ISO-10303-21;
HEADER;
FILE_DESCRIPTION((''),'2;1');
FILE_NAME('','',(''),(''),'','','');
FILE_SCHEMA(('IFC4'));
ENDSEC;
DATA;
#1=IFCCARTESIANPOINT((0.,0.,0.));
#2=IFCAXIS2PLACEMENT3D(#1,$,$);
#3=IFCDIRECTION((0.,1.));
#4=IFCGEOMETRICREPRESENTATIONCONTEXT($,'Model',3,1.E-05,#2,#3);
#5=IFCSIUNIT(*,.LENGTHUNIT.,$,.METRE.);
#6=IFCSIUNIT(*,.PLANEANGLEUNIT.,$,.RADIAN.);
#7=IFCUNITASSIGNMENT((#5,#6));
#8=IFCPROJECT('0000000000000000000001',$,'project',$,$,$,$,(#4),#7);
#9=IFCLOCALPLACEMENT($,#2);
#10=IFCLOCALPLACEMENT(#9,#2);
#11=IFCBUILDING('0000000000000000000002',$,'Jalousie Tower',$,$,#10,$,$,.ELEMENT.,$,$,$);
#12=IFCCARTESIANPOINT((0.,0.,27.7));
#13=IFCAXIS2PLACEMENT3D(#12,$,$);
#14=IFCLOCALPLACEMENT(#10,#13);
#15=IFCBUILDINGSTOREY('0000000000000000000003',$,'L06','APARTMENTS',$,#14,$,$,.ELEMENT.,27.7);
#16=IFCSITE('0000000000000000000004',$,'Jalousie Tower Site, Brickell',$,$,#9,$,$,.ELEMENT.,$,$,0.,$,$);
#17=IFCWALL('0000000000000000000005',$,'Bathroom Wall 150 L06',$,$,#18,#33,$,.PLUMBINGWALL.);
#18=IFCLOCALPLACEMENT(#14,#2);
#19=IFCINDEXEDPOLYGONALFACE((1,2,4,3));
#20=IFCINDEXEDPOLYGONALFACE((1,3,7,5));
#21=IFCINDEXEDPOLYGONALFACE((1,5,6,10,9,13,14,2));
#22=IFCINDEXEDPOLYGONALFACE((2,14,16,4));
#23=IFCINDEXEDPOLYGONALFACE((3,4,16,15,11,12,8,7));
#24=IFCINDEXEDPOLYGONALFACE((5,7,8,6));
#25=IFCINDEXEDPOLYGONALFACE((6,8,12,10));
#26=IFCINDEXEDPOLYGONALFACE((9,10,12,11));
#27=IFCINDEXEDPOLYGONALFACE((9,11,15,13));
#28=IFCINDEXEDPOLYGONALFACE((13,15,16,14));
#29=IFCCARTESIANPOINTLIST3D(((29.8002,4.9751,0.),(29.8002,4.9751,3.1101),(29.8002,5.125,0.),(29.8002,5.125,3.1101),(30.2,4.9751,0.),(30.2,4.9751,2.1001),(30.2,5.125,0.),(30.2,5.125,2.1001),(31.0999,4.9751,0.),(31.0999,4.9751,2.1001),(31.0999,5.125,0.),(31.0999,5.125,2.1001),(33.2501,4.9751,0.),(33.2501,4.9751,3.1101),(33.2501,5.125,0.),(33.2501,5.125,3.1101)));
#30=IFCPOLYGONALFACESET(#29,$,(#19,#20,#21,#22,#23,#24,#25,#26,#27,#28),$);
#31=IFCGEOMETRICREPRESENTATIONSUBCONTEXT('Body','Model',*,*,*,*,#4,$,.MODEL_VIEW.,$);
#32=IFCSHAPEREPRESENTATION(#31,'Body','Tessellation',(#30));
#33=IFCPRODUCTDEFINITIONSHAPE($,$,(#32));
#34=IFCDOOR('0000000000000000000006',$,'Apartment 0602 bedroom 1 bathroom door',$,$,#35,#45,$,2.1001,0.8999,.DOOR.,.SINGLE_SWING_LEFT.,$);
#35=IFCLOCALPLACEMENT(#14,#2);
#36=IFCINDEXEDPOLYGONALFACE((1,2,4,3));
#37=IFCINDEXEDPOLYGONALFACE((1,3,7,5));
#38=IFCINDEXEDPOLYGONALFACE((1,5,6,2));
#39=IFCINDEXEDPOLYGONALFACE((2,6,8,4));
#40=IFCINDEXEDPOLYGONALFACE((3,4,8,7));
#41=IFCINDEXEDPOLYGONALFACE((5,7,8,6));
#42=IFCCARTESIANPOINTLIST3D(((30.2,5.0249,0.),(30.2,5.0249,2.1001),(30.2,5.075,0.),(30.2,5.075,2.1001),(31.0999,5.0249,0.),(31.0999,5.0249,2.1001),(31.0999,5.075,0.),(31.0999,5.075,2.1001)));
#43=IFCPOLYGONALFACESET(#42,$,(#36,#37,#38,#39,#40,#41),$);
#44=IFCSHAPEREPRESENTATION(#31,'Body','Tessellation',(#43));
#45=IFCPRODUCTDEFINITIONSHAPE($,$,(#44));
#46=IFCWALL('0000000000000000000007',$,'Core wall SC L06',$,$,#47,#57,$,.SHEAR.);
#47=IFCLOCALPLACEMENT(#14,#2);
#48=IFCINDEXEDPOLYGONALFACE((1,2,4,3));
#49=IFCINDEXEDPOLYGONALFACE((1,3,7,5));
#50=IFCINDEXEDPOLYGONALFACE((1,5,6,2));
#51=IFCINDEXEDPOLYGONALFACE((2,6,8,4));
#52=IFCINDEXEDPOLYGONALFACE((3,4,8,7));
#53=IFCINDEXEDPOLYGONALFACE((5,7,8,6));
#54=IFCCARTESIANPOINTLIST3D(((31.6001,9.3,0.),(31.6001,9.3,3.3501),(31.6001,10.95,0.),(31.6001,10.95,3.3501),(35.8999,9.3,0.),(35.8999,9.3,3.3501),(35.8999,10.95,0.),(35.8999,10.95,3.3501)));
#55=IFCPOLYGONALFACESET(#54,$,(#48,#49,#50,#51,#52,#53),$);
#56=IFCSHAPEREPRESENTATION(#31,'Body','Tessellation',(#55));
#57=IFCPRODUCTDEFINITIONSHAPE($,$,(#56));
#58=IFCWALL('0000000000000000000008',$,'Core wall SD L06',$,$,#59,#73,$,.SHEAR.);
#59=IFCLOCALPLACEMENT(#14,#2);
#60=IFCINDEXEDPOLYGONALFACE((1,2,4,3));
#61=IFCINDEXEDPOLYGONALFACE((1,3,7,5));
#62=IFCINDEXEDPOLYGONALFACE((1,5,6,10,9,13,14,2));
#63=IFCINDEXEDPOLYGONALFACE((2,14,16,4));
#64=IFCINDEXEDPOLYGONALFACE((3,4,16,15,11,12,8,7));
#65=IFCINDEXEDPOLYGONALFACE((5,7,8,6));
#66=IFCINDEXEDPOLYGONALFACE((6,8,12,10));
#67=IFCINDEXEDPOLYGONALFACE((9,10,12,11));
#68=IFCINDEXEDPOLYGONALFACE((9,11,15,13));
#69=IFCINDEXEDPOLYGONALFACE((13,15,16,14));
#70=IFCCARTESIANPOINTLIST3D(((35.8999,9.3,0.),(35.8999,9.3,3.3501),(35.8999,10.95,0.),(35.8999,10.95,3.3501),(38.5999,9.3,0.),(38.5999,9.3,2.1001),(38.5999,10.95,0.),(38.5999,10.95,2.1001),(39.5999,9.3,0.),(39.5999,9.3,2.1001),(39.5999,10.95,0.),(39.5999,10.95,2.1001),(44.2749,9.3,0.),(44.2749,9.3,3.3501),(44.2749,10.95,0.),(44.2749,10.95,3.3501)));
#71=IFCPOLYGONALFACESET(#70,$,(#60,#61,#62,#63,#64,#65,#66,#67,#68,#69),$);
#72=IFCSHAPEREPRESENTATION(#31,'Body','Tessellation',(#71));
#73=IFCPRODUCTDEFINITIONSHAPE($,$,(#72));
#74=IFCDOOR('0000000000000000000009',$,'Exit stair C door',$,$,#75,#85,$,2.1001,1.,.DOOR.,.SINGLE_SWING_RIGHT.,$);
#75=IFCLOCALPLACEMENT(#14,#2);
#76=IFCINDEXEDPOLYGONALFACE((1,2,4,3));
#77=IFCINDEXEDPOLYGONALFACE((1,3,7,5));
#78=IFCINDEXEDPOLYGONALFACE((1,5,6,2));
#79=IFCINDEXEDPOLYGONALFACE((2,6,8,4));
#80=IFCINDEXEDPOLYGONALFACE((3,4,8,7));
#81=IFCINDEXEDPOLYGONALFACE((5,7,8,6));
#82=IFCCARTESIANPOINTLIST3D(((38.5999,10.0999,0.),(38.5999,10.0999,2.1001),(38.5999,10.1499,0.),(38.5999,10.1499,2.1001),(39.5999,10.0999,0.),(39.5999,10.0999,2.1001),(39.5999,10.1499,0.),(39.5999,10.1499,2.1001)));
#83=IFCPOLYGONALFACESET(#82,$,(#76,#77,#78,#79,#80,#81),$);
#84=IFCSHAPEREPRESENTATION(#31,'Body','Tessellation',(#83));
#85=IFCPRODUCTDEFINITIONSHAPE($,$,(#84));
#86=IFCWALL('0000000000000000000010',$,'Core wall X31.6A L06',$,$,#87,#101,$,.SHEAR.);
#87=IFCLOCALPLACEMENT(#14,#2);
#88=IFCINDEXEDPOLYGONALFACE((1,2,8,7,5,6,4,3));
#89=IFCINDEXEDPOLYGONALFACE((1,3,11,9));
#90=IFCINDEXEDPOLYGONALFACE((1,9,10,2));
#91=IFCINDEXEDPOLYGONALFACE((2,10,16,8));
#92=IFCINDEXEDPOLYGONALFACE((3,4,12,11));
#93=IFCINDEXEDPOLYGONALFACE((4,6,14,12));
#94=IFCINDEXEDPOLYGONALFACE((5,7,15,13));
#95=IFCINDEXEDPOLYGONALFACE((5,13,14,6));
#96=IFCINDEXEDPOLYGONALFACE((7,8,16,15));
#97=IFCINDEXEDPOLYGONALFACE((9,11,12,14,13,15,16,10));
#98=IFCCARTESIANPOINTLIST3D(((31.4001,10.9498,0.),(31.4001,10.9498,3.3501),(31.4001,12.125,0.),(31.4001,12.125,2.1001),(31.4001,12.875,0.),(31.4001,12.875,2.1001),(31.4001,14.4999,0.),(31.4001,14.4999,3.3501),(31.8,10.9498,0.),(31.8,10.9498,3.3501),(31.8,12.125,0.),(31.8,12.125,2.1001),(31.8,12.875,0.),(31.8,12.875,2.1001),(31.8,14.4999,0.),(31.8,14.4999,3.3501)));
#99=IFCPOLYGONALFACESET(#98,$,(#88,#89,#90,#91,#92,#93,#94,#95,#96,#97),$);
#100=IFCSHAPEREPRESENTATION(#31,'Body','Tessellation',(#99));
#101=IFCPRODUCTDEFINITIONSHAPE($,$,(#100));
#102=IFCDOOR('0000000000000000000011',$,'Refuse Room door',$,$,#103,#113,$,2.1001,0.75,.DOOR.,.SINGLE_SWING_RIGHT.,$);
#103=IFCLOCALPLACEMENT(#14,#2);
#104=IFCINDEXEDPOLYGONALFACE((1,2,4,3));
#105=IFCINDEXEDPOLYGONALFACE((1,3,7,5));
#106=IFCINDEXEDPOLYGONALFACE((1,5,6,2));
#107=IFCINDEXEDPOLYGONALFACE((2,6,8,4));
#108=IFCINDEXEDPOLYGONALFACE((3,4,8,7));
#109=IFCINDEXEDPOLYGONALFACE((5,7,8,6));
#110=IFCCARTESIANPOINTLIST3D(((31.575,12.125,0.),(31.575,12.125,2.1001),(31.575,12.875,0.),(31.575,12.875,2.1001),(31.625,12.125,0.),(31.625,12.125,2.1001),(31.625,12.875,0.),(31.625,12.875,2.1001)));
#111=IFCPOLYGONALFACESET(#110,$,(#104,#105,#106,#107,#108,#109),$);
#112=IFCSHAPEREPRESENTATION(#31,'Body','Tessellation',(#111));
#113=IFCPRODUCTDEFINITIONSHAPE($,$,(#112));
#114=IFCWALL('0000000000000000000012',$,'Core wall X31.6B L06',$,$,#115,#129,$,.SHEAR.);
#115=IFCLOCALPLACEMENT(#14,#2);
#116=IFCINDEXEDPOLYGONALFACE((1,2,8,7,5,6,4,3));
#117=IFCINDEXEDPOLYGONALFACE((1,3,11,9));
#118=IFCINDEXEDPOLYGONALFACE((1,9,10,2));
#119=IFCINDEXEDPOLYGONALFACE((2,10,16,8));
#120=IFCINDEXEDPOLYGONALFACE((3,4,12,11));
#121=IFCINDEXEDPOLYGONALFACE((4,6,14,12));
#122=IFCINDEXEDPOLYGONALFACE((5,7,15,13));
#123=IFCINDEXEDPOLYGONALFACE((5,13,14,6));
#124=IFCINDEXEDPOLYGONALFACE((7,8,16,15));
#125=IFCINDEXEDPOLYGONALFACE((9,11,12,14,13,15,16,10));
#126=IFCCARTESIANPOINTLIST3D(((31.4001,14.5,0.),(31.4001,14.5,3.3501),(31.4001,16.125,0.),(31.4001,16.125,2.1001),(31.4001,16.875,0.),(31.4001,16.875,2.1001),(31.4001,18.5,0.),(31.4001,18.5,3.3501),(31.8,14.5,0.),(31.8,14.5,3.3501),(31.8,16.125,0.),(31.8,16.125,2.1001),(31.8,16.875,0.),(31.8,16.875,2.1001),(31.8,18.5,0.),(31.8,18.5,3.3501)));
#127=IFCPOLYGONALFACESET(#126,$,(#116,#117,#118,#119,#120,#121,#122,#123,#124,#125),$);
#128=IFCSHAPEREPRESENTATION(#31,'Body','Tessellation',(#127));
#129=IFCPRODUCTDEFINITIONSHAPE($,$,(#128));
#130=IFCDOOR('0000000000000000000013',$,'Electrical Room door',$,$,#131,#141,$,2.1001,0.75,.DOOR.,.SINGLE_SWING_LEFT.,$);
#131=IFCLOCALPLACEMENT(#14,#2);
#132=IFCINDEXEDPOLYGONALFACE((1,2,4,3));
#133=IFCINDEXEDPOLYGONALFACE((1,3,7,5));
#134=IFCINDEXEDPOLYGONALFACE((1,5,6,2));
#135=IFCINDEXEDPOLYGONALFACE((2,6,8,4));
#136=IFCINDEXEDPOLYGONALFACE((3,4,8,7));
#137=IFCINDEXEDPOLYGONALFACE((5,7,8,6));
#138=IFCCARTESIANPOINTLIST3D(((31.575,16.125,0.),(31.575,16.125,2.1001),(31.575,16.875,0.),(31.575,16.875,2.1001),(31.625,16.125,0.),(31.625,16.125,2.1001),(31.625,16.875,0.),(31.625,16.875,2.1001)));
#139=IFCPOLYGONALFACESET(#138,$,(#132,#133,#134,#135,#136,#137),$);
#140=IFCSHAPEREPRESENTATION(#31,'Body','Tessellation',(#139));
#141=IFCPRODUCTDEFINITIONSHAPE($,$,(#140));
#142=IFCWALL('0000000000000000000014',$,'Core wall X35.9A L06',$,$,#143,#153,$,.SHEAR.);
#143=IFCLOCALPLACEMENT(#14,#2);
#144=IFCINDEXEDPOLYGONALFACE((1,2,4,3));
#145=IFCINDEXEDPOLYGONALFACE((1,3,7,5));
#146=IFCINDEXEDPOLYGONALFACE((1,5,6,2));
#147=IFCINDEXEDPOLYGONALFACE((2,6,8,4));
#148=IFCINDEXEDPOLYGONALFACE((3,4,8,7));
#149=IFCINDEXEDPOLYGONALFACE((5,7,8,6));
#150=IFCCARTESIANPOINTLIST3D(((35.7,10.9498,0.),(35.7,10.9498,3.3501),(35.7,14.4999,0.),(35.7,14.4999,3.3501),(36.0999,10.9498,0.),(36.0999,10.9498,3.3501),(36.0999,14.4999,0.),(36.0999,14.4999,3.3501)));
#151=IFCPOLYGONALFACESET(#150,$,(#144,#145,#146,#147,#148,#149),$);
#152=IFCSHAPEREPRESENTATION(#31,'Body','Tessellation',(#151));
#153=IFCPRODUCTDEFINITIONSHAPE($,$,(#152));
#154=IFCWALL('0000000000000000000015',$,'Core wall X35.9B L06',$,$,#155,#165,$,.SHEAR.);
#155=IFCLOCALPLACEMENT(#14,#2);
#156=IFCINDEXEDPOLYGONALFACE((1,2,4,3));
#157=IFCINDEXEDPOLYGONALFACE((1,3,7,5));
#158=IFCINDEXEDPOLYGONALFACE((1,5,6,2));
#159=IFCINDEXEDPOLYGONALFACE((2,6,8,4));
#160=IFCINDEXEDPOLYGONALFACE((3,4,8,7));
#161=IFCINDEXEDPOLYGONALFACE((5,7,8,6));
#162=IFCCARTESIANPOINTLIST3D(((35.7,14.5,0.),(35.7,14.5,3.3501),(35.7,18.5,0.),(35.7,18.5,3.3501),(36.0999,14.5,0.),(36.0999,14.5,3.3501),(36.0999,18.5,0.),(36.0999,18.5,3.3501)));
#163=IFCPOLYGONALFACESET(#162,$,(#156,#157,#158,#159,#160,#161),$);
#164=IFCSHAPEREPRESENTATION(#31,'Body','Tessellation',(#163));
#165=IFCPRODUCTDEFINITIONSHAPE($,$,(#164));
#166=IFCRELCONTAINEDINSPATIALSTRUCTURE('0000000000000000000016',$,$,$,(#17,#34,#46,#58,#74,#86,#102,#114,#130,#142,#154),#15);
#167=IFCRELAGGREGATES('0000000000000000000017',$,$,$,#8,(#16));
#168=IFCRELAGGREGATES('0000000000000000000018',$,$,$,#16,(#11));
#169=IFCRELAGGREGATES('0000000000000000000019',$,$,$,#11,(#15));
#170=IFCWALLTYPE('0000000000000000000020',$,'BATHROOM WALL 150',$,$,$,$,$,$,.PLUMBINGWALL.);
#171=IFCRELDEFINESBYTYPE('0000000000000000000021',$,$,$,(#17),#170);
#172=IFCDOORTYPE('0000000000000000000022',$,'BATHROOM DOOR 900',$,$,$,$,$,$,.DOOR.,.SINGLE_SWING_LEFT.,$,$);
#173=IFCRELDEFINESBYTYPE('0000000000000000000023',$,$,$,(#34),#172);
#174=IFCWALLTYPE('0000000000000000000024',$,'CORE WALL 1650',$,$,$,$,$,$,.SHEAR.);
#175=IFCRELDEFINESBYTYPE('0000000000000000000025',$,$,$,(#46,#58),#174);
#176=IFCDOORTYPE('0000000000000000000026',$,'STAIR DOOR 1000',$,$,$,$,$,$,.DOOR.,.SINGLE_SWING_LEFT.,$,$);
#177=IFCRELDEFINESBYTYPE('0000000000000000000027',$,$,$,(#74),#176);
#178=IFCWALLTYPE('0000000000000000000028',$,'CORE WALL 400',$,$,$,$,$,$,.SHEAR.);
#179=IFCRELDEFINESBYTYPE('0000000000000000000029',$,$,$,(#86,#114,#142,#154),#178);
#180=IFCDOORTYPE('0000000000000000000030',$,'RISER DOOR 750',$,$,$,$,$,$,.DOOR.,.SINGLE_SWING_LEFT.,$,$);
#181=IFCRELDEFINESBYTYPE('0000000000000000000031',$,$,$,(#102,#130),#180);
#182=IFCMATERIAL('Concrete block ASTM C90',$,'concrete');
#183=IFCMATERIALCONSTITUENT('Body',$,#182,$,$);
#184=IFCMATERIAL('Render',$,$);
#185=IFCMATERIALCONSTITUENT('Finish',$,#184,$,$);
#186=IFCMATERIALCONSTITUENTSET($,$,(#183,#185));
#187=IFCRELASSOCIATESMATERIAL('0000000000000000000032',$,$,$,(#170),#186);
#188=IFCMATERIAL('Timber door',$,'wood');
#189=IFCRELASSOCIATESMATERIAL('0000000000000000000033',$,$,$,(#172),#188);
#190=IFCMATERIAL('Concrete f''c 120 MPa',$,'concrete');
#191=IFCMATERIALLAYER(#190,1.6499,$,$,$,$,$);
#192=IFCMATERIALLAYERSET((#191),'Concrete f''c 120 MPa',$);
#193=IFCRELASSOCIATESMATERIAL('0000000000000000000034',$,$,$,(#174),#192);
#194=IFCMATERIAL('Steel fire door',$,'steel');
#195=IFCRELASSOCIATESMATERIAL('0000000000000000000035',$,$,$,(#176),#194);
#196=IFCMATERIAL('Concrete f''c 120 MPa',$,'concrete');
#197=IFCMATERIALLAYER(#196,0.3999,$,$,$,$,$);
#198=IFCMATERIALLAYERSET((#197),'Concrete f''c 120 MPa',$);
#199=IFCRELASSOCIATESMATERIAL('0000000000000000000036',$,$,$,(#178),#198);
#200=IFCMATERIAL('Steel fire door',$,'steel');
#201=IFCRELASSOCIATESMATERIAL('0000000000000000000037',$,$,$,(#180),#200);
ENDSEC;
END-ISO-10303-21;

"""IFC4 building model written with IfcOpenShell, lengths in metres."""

from ifc_helpers import new_model, si_unit, direction, frame, frame_2d, origin, place, context, subcontext, project, spatial, rectangle, extrude, material, layer, layer_set, constituent, constituent_set, type_object, element, fill, save


model = new_model("IFC4")

# Units and contexts
model_context = context("Model", 3, precision=1e-05, world=origin(), true_north=direction((0.0, 1.0)))
body_context = subcontext(model_context, "Body", "Model", "MODEL_VIEW")
ifc_project = project(units=[si_unit("LENGTHUNIT", "METRE"), si_unit("PLANEANGLEUNIT", "RADIAN")], contexts=[model_context])

# Site, building, storey
site_placement = place(None, origin())
site = spatial("IfcSite", under=ifc_project, at=site_placement, Name="Jalousie Tower Site, Brickell", CompositionType="ELEMENT", RefElevation=0.0)
building_placement = place(site_placement, origin())
building = spatial("IfcBuilding", under=site, at=building_placement, Name="Jalousie Tower", CompositionType="ELEMENT")
storey_placement = place(building_placement, frame((0.0, 0.0, 27.7)))
storey = spatial("IfcBuildingStorey", under=building, at=storey_placement, Name="L06", Description="APARTMENTS", CompositionType="ELEMENT", Elevation=27.7)

# Wall, opening, door
ifc_material_1 = material(Name="Concrete block ASTM C90", Category="concrete")
ifc_constituent_1 = constituent(ifc_material_1, Name="Body")
ifc_material_2 = material(Name="Render")
ifc_constituent_2 = constituent(ifc_material_2, Name="Finish")
ifc_constituent_set_1 = constituent_set(constituents=[ifc_constituent_1, ifc_constituent_2])
wall_type_1 = type_object("IfcWallType", Name="BATHROOM WALL 150", PredefinedType="PLUMBINGWALL", material=ifc_constituent_set_1)
wall_1_placement = place(storey_placement, frame((29.8, 5.05, 0.0), z_axis=(0.0, 0.0, 1.0), x_axis=(1.0, 0.0, 0.0)))
wall_1 = element("IfcWall", 1, at=wall_1_placement, inside=storey, type_object=wall_type_1, Name="Bathroom Wall 150 L06", PredefinedType="PLUMBINGWALL", context=body_context, shape_type="SweptSolid", body=[
    extrude(rectangle(XDim=3.45, YDim=0.1499, at=frame_2d((1.7251, 0.0))), origin(), (0.0, 0.0, 1.0), 3.1101),
])
opening_1_placement = place(wall_1_placement, frame((0.3999, 0.0, 0.0)))
opening_1 = element("IfcOpeningElement", 2, at=opening_1_placement, cuts=wall_1, PredefinedType="OPENING", context=body_context, shape_type="SweptSolid", body=[
    extrude(rectangle(XDim=0.8999, YDim=2.1001, at=frame_2d((0.45, 1.05))), frame((0.0, 0.085, 0.0), z_axis=(0.0, -1.0, 0.0), x_axis=(1.0, 0.0, 0.0)), (0.0, 0.0, 1.0), 0.1699),
])
ifc_material_3 = material(Name="Timber door", Category="wood")
door_type_1 = type_object("IfcDoorType", Name="BATHROOM DOOR 900", OperationType="SINGLE_SWING_LEFT", PredefinedType="DOOR", material=ifc_material_3)
door_1_placement = place(opening_1_placement, origin())
door_1 = element("IfcDoor", 3, at=door_1_placement, inside=storey, type_object=door_type_1, Name="Apartment 0602 bedroom 1 bathroom door", OperationType="SINGLE_SWING_LEFT", OverallHeight=2.1001, OverallWidth=0.8999, PredefinedType="DOOR", context=body_context, shape_type="SweptSolid", body=[
    extrude(rectangle(XDim=0.8999, YDim=2.1001, at=frame_2d((0.45, 1.05))), frame((0.0, 0.0249, 0.0), z_axis=(0.0, -1.0, 0.0), x_axis=(1.0, 0.0, 0.0)), (0.0, 0.0, 1.0), 0.05),
])
fill(opening_1, door_1)

# Wall
ifc_material_4 = material(Name="Concrete f'c 120 MPa", Category="concrete")
ifc_layer_1 = layer(ifc_material_4, 1.6499)
ifc_layer_set_1 = layer_set([ifc_layer_1], Name="Concrete f'c 120 MPa")
wall_type_2 = type_object("IfcWallType", Name="CORE WALL 1650", PredefinedType="SHEAR", material=ifc_layer_set_1)
wall_2_placement = place(storey_placement, frame((31.6001, 10.125, 0.0), z_axis=(0.0, 0.0, 1.0), x_axis=(1.0, 0.0, 0.0)))
element("IfcWall", 4, at=wall_2_placement, inside=storey, type_object=wall_type_2, Name="Core wall SC L06", PredefinedType="SHEAR", context=body_context, shape_type="SweptSolid", body=[
    extrude(rectangle(XDim=4.2998, YDim=1.6499, at=frame_2d((2.1499, 0.0))), origin(), (0.0, 0.0, 1.0), 3.3501),
])

# Walls, openings, doors
wall_3_placement = place(storey_placement, frame((35.8999, 10.125, 0.0), z_axis=(0.0, 0.0, 1.0), x_axis=(1.0, 0.0, 0.0)))
wall_3 = element("IfcWall", 5, at=wall_3_placement, inside=storey, type_object=wall_type_2, Name="Core wall SD L06", PredefinedType="SHEAR", context=body_context, shape_type="SweptSolid", body=[
    extrude(rectangle(XDim=8.375, YDim=1.6499, at=frame_2d((4.1875, 0.0))), origin(), (0.0, 0.0, 1.0), 3.3501),
])
opening_2_placement = place(wall_3_placement, frame((2.7, 0.0, 0.0)))
opening_2 = element("IfcOpeningElement", 6, at=opening_2_placement, cuts=wall_3, PredefinedType="OPENING", context=body_context, shape_type="SweptSolid", body=[
    extrude(rectangle(XDim=1.0, YDim=2.1001, at=frame_2d((0.5, 1.05))), frame((0.0, 0.835, 0.0), z_axis=(0.0, -1.0, 0.0), x_axis=(1.0, 0.0, 0.0)), (0.0, 0.0, 1.0), 1.6699),
])
ifc_material_5 = material(Name="Steel fire door", Category="steel")
door_type_2 = type_object("IfcDoorType", Name="STAIR DOOR 1000", OperationType="SINGLE_SWING_LEFT", PredefinedType="DOOR", material=ifc_material_5)
door_2_placement = place(opening_2_placement, origin())
door_2 = element("IfcDoor", 7, at=door_2_placement, inside=storey, type_object=door_type_2, Name="Exit stair C door", OperationType="SINGLE_SWING_RIGHT", OverallHeight=2.1001, OverallWidth=1.0, PredefinedType="DOOR", context=body_context, shape_type="SweptSolid", body=[
    extrude(rectangle(XDim=1.0, YDim=2.1001, at=frame_2d((0.5, 1.05))), frame((0.0, 0.0249, 0.0), z_axis=(0.0, -1.0, 0.0), x_axis=(1.0, 0.0, 0.0)), (0.0, 0.0, 1.0), 0.05),
])
fill(opening_2, door_2)
ifc_material_6 = material(Name="Concrete f'c 120 MPa", Category="concrete")
ifc_layer_2 = layer(ifc_material_6, 0.3999)
ifc_layer_set_2 = layer_set([ifc_layer_2], Name="Concrete f'c 120 MPa")
wall_type_3 = type_object("IfcWallType", Name="CORE WALL 400", PredefinedType="SHEAR", material=ifc_layer_set_2)
wall_4_placement = place(storey_placement, frame((31.6001, 10.95, 0.0), z_axis=(0.0, 0.0, 1.0), x_axis=(0.0, 1.0, 0.0)))
wall_4 = element("IfcWall", 8, at=wall_4_placement, inside=storey, type_object=wall_type_3, Name="Core wall X31.6A L06", PredefinedType="SHEAR", context=body_context, shape_type="SweptSolid", body=[
    extrude(rectangle(XDim=3.55, YDim=0.3999, at=frame_2d((1.7749, 0.0))), origin(), (0.0, 0.0, 1.0), 3.3501),
])
opening_3_placement = place(wall_4_placement, frame((1.175, 0.0, 0.0)))
opening_3 = element("IfcOpeningElement", 9, at=opening_3_placement, cuts=wall_4, PredefinedType="OPENING", context=body_context, shape_type="SweptSolid", body=[
    extrude(rectangle(XDim=0.75, YDim=2.1001, at=frame_2d((0.375, 1.05))), frame((0.0, 0.21, 0.0), z_axis=(0.0, -1.0, 0.0), x_axis=(1.0, 0.0, 0.0)), (0.0, 0.0, 1.0), 0.4199),
])
ifc_material_7 = material(Name="Steel fire door", Category="steel")
door_type_3 = type_object("IfcDoorType", Name="RISER DOOR 750", OperationType="SINGLE_SWING_LEFT", PredefinedType="DOOR", material=ifc_material_7)
door_3_placement = place(opening_3_placement, frame((0.75, 0.0, 0.0), z_axis=(0.0, 0.0, 1.0), x_axis=(-1.0, 0.0, 0.0)))
door_3 = element("IfcDoor", 10, at=door_3_placement, inside=storey, type_object=door_type_3, Name="Refuse Room door", OperationType="SINGLE_SWING_RIGHT", OverallHeight=2.1001, OverallWidth=0.75, PredefinedType="DOOR", context=body_context, shape_type="SweptSolid", body=[
    extrude(rectangle(XDim=0.75, YDim=2.1001, at=frame_2d((0.375, 1.05))), frame((0.0, 0.0249, 0.0), z_axis=(0.0, -1.0, 0.0), x_axis=(1.0, 0.0, 0.0)), (0.0, 0.0, 1.0), 0.05),
])
fill(opening_3, door_3)
wall_5_placement = place(storey_placement, frame((31.6001, 14.5, 0.0), z_axis=(0.0, 0.0, 1.0), x_axis=(0.0, 1.0, 0.0)))
wall_5 = element("IfcWall", 11, at=wall_5_placement, inside=storey, type_object=wall_type_3, Name="Core wall X31.6B L06", PredefinedType="SHEAR", context=body_context, shape_type="SweptSolid", body=[
    extrude(rectangle(XDim=4.0, YDim=0.3999, at=frame_2d((2.0, 0.0))), origin(), (0.0, 0.0, 1.0), 3.3501),
])
opening_4_placement = place(wall_5_placement, frame((1.625, 0.0, 0.0)))
opening_4 = element("IfcOpeningElement", 12, at=opening_4_placement, cuts=wall_5, PredefinedType="OPENING", context=body_context, shape_type="SweptSolid", body=[
    extrude(rectangle(XDim=0.75, YDim=2.1001, at=frame_2d((0.375, 1.05))), frame((0.0, 0.21, 0.0), z_axis=(0.0, -1.0, 0.0), x_axis=(1.0, 0.0, 0.0)), (0.0, 0.0, 1.0), 0.4199),
])
door_4_placement = place(opening_4_placement, frame((0.75, 0.0, 0.0), z_axis=(0.0, 0.0, 1.0), x_axis=(-1.0, 0.0, 0.0)))
door_4 = element("IfcDoor", 13, at=door_4_placement, inside=storey, type_object=door_type_3, Name="Electrical Room door", OperationType="SINGLE_SWING_LEFT", OverallHeight=2.1001, OverallWidth=0.75, PredefinedType="DOOR", context=body_context, shape_type="SweptSolid", body=[
    extrude(rectangle(XDim=0.75, YDim=2.1001, at=frame_2d((0.375, 1.05))), frame((0.0, 0.0249, 0.0), z_axis=(0.0, -1.0, 0.0), x_axis=(1.0, 0.0, 0.0)), (0.0, 0.0, 1.0), 0.05),
])
fill(opening_4, door_4)

# Walls
wall_6_placement = place(storey_placement, frame((35.8999, 10.95, 0.0), z_axis=(0.0, 0.0, 1.0), x_axis=(0.0, 1.0, 0.0)))
element("IfcWall", 14, at=wall_6_placement, inside=storey, type_object=wall_type_3, Name="Core wall X35.9A L06", PredefinedType="SHEAR", context=body_context, shape_type="SweptSolid", body=[
    extrude(rectangle(XDim=3.55, YDim=0.3999, at=frame_2d((1.7749, 0.0))), origin(), (0.0, 0.0, 1.0), 3.3501),
])
wall_7_placement = place(storey_placement, frame((35.8999, 14.5, 0.0), z_axis=(0.0, 0.0, 1.0), x_axis=(0.0, 1.0, 0.0)))
element("IfcWall", 15, at=wall_7_placement, inside=storey, type_object=wall_type_3, Name="Core wall X35.9B L06", PredefinedType="SHEAR", context=body_context, shape_type="SweptSolid", body=[
    extrude(rectangle(XDim=4.0, YDim=0.3999, at=frame_2d((2.0, 0.0))), origin(), (0.0, 0.0, 1.0), 3.3501),
])

save(model, "model.ifc")
